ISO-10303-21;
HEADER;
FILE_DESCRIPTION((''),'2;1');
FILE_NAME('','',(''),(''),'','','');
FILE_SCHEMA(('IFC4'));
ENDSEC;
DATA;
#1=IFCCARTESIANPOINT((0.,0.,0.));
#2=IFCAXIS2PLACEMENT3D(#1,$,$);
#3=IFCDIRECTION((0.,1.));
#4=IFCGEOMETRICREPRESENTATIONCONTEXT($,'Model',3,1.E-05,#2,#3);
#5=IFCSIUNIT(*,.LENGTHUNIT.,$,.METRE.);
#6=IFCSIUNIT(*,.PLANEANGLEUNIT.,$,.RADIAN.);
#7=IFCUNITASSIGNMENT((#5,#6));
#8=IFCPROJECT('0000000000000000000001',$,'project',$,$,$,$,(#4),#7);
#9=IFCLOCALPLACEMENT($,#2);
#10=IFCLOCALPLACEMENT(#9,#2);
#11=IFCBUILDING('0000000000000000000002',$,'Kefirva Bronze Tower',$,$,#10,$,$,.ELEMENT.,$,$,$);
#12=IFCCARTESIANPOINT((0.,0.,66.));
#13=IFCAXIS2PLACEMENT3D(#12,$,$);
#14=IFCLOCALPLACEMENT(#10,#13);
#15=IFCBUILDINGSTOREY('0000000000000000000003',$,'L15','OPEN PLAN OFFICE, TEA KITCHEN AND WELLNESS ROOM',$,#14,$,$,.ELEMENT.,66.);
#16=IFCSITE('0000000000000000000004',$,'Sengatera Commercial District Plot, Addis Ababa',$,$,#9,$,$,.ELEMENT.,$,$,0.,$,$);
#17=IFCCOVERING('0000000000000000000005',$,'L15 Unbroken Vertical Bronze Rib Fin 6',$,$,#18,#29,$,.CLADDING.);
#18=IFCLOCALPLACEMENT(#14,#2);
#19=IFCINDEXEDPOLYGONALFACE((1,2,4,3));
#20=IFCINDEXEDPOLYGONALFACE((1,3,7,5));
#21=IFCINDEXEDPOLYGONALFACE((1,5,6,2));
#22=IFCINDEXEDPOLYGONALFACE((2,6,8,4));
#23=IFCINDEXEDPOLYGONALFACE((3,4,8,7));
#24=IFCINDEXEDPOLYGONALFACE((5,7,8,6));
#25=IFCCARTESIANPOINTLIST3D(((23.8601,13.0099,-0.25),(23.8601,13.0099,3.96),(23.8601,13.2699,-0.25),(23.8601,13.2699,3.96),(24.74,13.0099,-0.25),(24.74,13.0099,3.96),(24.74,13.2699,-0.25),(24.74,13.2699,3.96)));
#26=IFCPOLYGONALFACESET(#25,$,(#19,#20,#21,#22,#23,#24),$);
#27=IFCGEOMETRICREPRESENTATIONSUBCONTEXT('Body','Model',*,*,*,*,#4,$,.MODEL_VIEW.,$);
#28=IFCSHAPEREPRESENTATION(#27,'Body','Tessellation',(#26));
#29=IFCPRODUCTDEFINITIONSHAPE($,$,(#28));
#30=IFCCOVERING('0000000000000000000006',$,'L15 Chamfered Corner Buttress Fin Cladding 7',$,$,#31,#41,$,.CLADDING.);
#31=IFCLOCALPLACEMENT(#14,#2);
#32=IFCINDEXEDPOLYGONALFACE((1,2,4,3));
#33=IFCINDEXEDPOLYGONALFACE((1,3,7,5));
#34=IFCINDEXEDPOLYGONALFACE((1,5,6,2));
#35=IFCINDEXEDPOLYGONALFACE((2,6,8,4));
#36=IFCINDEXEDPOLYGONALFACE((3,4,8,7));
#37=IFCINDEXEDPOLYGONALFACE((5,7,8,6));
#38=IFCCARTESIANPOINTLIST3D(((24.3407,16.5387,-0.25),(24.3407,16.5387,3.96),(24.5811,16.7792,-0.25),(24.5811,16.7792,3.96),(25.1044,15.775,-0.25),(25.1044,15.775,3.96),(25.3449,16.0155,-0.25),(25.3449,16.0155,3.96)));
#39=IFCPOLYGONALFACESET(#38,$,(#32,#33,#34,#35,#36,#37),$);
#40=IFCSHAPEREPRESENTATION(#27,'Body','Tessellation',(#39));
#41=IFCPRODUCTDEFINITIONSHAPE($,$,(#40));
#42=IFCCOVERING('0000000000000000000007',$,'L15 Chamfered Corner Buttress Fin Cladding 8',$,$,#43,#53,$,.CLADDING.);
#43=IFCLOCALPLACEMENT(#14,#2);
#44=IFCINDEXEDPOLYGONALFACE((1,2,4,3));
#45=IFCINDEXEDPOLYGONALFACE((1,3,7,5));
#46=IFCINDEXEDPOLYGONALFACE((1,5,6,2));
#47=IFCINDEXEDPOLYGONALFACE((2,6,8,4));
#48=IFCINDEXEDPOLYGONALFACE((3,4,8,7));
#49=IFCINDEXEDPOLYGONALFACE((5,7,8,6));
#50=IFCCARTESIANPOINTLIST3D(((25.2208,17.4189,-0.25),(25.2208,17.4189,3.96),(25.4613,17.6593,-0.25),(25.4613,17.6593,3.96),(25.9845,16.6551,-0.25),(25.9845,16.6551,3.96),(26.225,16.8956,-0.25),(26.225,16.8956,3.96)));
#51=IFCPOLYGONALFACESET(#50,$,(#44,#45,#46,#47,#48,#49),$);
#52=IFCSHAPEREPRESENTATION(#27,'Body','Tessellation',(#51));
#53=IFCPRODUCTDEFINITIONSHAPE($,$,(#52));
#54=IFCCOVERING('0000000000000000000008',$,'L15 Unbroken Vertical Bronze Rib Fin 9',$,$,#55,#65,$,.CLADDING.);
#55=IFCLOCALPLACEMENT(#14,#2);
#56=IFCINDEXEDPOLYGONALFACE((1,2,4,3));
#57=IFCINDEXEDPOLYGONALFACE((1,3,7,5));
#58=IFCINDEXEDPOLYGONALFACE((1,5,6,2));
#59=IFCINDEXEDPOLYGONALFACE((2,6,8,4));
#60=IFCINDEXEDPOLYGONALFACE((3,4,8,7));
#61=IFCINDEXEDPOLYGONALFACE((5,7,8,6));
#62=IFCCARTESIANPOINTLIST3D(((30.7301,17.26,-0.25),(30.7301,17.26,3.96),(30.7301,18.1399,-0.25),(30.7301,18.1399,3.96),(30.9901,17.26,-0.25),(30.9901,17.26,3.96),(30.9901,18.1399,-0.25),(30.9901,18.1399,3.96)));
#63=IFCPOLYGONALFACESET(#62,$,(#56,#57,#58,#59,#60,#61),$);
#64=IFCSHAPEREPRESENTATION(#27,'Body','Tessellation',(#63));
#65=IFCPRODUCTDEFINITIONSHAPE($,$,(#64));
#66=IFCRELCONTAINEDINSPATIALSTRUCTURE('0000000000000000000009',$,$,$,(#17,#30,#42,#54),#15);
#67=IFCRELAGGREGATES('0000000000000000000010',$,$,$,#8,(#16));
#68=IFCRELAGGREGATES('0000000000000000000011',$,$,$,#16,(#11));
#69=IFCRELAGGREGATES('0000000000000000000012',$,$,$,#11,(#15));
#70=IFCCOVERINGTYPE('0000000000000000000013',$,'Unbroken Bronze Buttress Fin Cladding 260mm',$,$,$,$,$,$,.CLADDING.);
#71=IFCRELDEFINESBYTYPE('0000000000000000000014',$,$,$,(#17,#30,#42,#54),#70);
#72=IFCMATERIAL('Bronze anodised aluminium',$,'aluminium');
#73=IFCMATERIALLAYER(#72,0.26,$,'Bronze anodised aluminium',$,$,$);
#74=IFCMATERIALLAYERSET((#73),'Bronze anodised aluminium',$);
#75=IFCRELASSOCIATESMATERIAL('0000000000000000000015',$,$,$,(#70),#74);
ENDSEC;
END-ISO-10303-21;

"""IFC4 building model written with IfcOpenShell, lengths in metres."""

from ifc_helpers import new_model, si_unit, direction, frame, origin, origin_2d, place, context, subcontext, project, spatial, rectangle, extrude, material, layer, layer_set, type_object, element, save


model = new_model("IFC4")

# Units and contexts
model_context = context("Model", 3, precision=1e-05, world=origin(), true_north=direction((0.0, 1.0)))
body_context = subcontext(model_context, "Body", "Model", "MODEL_VIEW")
ifc_project = project(units=[si_unit("LENGTHUNIT", "METRE"), si_unit("PLANEANGLEUNIT", "RADIAN")], contexts=[model_context])

# Site, building, storey
site_placement = place(None, origin())
site = spatial("IfcSite", under=ifc_project, at=site_placement, Name="Sengatera Commercial District Plot, Addis Ababa", CompositionType="ELEMENT", RefElevation=0.0)
building_placement = place(site_placement, origin())
building = spatial("IfcBuilding", under=site, at=building_placement, Name="Kefirva Bronze Tower", CompositionType="ELEMENT")
storey_placement = place(building_placement, frame((0.0, 0.0, 66.0)))
storey = spatial("IfcBuildingStorey", under=building, at=storey_placement, Name="L15", Description="OPEN PLAN OFFICE, TEA KITCHEN AND WELLNESS ROOM", CompositionType="ELEMENT", Elevation=66.0)

# Shared definitions
ifc_material_1 = material(Name="Bronze anodised aluminium", Category="aluminium")

# Coverings
ifc_layer_1 = layer(ifc_material_1, 0.26, Name="Bronze anodised aluminium")
ifc_layer_set_1 = layer_set([ifc_layer_1], Name="Bronze anodised aluminium")
covering_type_1 = type_object("IfcCoveringType", Name="Unbroken Bronze Buttress Fin Cladding 260mm", PredefinedType="CLADDING", material=ifc_layer_set_1)
covering_1_placement = place(storey_placement, frame((24.3, 13.1399, -0.25), z_axis=(0.0, 0.0, 1.0), x_axis=(0.0, 1.0, 0.0)))
element("IfcCovering", 1, at=covering_1_placement, inside=storey, type_object=covering_type_1, Name="L15 Unbroken Vertical Bronze Rib Fin 6", PredefinedType="CLADDING", context=body_context, shape_type="SweptSolid", body=[
    extrude(rectangle(XDim=0.26, YDim=0.8799, at=origin_2d()), origin(), (0.0, 0.0, 1.0), 4.21),
])
for number, where, z_axis, x_axis, name in (
    (2, (24.8428, 16.2771, -0.25), (0.0, 0.0, 1.0), (0.707107, 0.707107, 0.0), "L15 Chamfered Corner Buttress Fin Cladding 7"),
    (3, (25.7229, 17.1572, -0.25), (0.0, 0.0, 1.0), (0.707107, 0.707107, 0.0), "L15 Chamfered Corner Buttress Fin Cladding 8"),
):
    element("IfcCovering", number, at=place(storey_placement, frame(where, z_axis=z_axis, x_axis=x_axis)), inside=storey, type_object=covering_type_1, Name=name, PredefinedType="CLADDING", context=body_context, shape_type="SweptSolid", body=[
        extrude(rectangle(XDim=0.3401, YDim=1.0801, at=origin_2d()), origin(), (0.0, 0.0, 1.0), 4.21),
    ])
covering_2_placement = place(storey_placement, frame((30.8601, 17.7, -0.25), z_axis=(0.0, 0.0, 1.0), x_axis=(1.0, 0.0, 0.0)))
element("IfcCovering", 4, at=covering_2_placement, inside=storey, type_object=covering_type_1, Name="L15 Unbroken Vertical Bronze Rib Fin 9", PredefinedType="CLADDING", context=body_context, shape_type="SweptSolid", body=[
    extrude(rectangle(XDim=0.26, YDim=0.8799, at=origin_2d()), origin(), (0.0, 0.0, 1.0), 4.21),
])

save(model, "model.ifc")
